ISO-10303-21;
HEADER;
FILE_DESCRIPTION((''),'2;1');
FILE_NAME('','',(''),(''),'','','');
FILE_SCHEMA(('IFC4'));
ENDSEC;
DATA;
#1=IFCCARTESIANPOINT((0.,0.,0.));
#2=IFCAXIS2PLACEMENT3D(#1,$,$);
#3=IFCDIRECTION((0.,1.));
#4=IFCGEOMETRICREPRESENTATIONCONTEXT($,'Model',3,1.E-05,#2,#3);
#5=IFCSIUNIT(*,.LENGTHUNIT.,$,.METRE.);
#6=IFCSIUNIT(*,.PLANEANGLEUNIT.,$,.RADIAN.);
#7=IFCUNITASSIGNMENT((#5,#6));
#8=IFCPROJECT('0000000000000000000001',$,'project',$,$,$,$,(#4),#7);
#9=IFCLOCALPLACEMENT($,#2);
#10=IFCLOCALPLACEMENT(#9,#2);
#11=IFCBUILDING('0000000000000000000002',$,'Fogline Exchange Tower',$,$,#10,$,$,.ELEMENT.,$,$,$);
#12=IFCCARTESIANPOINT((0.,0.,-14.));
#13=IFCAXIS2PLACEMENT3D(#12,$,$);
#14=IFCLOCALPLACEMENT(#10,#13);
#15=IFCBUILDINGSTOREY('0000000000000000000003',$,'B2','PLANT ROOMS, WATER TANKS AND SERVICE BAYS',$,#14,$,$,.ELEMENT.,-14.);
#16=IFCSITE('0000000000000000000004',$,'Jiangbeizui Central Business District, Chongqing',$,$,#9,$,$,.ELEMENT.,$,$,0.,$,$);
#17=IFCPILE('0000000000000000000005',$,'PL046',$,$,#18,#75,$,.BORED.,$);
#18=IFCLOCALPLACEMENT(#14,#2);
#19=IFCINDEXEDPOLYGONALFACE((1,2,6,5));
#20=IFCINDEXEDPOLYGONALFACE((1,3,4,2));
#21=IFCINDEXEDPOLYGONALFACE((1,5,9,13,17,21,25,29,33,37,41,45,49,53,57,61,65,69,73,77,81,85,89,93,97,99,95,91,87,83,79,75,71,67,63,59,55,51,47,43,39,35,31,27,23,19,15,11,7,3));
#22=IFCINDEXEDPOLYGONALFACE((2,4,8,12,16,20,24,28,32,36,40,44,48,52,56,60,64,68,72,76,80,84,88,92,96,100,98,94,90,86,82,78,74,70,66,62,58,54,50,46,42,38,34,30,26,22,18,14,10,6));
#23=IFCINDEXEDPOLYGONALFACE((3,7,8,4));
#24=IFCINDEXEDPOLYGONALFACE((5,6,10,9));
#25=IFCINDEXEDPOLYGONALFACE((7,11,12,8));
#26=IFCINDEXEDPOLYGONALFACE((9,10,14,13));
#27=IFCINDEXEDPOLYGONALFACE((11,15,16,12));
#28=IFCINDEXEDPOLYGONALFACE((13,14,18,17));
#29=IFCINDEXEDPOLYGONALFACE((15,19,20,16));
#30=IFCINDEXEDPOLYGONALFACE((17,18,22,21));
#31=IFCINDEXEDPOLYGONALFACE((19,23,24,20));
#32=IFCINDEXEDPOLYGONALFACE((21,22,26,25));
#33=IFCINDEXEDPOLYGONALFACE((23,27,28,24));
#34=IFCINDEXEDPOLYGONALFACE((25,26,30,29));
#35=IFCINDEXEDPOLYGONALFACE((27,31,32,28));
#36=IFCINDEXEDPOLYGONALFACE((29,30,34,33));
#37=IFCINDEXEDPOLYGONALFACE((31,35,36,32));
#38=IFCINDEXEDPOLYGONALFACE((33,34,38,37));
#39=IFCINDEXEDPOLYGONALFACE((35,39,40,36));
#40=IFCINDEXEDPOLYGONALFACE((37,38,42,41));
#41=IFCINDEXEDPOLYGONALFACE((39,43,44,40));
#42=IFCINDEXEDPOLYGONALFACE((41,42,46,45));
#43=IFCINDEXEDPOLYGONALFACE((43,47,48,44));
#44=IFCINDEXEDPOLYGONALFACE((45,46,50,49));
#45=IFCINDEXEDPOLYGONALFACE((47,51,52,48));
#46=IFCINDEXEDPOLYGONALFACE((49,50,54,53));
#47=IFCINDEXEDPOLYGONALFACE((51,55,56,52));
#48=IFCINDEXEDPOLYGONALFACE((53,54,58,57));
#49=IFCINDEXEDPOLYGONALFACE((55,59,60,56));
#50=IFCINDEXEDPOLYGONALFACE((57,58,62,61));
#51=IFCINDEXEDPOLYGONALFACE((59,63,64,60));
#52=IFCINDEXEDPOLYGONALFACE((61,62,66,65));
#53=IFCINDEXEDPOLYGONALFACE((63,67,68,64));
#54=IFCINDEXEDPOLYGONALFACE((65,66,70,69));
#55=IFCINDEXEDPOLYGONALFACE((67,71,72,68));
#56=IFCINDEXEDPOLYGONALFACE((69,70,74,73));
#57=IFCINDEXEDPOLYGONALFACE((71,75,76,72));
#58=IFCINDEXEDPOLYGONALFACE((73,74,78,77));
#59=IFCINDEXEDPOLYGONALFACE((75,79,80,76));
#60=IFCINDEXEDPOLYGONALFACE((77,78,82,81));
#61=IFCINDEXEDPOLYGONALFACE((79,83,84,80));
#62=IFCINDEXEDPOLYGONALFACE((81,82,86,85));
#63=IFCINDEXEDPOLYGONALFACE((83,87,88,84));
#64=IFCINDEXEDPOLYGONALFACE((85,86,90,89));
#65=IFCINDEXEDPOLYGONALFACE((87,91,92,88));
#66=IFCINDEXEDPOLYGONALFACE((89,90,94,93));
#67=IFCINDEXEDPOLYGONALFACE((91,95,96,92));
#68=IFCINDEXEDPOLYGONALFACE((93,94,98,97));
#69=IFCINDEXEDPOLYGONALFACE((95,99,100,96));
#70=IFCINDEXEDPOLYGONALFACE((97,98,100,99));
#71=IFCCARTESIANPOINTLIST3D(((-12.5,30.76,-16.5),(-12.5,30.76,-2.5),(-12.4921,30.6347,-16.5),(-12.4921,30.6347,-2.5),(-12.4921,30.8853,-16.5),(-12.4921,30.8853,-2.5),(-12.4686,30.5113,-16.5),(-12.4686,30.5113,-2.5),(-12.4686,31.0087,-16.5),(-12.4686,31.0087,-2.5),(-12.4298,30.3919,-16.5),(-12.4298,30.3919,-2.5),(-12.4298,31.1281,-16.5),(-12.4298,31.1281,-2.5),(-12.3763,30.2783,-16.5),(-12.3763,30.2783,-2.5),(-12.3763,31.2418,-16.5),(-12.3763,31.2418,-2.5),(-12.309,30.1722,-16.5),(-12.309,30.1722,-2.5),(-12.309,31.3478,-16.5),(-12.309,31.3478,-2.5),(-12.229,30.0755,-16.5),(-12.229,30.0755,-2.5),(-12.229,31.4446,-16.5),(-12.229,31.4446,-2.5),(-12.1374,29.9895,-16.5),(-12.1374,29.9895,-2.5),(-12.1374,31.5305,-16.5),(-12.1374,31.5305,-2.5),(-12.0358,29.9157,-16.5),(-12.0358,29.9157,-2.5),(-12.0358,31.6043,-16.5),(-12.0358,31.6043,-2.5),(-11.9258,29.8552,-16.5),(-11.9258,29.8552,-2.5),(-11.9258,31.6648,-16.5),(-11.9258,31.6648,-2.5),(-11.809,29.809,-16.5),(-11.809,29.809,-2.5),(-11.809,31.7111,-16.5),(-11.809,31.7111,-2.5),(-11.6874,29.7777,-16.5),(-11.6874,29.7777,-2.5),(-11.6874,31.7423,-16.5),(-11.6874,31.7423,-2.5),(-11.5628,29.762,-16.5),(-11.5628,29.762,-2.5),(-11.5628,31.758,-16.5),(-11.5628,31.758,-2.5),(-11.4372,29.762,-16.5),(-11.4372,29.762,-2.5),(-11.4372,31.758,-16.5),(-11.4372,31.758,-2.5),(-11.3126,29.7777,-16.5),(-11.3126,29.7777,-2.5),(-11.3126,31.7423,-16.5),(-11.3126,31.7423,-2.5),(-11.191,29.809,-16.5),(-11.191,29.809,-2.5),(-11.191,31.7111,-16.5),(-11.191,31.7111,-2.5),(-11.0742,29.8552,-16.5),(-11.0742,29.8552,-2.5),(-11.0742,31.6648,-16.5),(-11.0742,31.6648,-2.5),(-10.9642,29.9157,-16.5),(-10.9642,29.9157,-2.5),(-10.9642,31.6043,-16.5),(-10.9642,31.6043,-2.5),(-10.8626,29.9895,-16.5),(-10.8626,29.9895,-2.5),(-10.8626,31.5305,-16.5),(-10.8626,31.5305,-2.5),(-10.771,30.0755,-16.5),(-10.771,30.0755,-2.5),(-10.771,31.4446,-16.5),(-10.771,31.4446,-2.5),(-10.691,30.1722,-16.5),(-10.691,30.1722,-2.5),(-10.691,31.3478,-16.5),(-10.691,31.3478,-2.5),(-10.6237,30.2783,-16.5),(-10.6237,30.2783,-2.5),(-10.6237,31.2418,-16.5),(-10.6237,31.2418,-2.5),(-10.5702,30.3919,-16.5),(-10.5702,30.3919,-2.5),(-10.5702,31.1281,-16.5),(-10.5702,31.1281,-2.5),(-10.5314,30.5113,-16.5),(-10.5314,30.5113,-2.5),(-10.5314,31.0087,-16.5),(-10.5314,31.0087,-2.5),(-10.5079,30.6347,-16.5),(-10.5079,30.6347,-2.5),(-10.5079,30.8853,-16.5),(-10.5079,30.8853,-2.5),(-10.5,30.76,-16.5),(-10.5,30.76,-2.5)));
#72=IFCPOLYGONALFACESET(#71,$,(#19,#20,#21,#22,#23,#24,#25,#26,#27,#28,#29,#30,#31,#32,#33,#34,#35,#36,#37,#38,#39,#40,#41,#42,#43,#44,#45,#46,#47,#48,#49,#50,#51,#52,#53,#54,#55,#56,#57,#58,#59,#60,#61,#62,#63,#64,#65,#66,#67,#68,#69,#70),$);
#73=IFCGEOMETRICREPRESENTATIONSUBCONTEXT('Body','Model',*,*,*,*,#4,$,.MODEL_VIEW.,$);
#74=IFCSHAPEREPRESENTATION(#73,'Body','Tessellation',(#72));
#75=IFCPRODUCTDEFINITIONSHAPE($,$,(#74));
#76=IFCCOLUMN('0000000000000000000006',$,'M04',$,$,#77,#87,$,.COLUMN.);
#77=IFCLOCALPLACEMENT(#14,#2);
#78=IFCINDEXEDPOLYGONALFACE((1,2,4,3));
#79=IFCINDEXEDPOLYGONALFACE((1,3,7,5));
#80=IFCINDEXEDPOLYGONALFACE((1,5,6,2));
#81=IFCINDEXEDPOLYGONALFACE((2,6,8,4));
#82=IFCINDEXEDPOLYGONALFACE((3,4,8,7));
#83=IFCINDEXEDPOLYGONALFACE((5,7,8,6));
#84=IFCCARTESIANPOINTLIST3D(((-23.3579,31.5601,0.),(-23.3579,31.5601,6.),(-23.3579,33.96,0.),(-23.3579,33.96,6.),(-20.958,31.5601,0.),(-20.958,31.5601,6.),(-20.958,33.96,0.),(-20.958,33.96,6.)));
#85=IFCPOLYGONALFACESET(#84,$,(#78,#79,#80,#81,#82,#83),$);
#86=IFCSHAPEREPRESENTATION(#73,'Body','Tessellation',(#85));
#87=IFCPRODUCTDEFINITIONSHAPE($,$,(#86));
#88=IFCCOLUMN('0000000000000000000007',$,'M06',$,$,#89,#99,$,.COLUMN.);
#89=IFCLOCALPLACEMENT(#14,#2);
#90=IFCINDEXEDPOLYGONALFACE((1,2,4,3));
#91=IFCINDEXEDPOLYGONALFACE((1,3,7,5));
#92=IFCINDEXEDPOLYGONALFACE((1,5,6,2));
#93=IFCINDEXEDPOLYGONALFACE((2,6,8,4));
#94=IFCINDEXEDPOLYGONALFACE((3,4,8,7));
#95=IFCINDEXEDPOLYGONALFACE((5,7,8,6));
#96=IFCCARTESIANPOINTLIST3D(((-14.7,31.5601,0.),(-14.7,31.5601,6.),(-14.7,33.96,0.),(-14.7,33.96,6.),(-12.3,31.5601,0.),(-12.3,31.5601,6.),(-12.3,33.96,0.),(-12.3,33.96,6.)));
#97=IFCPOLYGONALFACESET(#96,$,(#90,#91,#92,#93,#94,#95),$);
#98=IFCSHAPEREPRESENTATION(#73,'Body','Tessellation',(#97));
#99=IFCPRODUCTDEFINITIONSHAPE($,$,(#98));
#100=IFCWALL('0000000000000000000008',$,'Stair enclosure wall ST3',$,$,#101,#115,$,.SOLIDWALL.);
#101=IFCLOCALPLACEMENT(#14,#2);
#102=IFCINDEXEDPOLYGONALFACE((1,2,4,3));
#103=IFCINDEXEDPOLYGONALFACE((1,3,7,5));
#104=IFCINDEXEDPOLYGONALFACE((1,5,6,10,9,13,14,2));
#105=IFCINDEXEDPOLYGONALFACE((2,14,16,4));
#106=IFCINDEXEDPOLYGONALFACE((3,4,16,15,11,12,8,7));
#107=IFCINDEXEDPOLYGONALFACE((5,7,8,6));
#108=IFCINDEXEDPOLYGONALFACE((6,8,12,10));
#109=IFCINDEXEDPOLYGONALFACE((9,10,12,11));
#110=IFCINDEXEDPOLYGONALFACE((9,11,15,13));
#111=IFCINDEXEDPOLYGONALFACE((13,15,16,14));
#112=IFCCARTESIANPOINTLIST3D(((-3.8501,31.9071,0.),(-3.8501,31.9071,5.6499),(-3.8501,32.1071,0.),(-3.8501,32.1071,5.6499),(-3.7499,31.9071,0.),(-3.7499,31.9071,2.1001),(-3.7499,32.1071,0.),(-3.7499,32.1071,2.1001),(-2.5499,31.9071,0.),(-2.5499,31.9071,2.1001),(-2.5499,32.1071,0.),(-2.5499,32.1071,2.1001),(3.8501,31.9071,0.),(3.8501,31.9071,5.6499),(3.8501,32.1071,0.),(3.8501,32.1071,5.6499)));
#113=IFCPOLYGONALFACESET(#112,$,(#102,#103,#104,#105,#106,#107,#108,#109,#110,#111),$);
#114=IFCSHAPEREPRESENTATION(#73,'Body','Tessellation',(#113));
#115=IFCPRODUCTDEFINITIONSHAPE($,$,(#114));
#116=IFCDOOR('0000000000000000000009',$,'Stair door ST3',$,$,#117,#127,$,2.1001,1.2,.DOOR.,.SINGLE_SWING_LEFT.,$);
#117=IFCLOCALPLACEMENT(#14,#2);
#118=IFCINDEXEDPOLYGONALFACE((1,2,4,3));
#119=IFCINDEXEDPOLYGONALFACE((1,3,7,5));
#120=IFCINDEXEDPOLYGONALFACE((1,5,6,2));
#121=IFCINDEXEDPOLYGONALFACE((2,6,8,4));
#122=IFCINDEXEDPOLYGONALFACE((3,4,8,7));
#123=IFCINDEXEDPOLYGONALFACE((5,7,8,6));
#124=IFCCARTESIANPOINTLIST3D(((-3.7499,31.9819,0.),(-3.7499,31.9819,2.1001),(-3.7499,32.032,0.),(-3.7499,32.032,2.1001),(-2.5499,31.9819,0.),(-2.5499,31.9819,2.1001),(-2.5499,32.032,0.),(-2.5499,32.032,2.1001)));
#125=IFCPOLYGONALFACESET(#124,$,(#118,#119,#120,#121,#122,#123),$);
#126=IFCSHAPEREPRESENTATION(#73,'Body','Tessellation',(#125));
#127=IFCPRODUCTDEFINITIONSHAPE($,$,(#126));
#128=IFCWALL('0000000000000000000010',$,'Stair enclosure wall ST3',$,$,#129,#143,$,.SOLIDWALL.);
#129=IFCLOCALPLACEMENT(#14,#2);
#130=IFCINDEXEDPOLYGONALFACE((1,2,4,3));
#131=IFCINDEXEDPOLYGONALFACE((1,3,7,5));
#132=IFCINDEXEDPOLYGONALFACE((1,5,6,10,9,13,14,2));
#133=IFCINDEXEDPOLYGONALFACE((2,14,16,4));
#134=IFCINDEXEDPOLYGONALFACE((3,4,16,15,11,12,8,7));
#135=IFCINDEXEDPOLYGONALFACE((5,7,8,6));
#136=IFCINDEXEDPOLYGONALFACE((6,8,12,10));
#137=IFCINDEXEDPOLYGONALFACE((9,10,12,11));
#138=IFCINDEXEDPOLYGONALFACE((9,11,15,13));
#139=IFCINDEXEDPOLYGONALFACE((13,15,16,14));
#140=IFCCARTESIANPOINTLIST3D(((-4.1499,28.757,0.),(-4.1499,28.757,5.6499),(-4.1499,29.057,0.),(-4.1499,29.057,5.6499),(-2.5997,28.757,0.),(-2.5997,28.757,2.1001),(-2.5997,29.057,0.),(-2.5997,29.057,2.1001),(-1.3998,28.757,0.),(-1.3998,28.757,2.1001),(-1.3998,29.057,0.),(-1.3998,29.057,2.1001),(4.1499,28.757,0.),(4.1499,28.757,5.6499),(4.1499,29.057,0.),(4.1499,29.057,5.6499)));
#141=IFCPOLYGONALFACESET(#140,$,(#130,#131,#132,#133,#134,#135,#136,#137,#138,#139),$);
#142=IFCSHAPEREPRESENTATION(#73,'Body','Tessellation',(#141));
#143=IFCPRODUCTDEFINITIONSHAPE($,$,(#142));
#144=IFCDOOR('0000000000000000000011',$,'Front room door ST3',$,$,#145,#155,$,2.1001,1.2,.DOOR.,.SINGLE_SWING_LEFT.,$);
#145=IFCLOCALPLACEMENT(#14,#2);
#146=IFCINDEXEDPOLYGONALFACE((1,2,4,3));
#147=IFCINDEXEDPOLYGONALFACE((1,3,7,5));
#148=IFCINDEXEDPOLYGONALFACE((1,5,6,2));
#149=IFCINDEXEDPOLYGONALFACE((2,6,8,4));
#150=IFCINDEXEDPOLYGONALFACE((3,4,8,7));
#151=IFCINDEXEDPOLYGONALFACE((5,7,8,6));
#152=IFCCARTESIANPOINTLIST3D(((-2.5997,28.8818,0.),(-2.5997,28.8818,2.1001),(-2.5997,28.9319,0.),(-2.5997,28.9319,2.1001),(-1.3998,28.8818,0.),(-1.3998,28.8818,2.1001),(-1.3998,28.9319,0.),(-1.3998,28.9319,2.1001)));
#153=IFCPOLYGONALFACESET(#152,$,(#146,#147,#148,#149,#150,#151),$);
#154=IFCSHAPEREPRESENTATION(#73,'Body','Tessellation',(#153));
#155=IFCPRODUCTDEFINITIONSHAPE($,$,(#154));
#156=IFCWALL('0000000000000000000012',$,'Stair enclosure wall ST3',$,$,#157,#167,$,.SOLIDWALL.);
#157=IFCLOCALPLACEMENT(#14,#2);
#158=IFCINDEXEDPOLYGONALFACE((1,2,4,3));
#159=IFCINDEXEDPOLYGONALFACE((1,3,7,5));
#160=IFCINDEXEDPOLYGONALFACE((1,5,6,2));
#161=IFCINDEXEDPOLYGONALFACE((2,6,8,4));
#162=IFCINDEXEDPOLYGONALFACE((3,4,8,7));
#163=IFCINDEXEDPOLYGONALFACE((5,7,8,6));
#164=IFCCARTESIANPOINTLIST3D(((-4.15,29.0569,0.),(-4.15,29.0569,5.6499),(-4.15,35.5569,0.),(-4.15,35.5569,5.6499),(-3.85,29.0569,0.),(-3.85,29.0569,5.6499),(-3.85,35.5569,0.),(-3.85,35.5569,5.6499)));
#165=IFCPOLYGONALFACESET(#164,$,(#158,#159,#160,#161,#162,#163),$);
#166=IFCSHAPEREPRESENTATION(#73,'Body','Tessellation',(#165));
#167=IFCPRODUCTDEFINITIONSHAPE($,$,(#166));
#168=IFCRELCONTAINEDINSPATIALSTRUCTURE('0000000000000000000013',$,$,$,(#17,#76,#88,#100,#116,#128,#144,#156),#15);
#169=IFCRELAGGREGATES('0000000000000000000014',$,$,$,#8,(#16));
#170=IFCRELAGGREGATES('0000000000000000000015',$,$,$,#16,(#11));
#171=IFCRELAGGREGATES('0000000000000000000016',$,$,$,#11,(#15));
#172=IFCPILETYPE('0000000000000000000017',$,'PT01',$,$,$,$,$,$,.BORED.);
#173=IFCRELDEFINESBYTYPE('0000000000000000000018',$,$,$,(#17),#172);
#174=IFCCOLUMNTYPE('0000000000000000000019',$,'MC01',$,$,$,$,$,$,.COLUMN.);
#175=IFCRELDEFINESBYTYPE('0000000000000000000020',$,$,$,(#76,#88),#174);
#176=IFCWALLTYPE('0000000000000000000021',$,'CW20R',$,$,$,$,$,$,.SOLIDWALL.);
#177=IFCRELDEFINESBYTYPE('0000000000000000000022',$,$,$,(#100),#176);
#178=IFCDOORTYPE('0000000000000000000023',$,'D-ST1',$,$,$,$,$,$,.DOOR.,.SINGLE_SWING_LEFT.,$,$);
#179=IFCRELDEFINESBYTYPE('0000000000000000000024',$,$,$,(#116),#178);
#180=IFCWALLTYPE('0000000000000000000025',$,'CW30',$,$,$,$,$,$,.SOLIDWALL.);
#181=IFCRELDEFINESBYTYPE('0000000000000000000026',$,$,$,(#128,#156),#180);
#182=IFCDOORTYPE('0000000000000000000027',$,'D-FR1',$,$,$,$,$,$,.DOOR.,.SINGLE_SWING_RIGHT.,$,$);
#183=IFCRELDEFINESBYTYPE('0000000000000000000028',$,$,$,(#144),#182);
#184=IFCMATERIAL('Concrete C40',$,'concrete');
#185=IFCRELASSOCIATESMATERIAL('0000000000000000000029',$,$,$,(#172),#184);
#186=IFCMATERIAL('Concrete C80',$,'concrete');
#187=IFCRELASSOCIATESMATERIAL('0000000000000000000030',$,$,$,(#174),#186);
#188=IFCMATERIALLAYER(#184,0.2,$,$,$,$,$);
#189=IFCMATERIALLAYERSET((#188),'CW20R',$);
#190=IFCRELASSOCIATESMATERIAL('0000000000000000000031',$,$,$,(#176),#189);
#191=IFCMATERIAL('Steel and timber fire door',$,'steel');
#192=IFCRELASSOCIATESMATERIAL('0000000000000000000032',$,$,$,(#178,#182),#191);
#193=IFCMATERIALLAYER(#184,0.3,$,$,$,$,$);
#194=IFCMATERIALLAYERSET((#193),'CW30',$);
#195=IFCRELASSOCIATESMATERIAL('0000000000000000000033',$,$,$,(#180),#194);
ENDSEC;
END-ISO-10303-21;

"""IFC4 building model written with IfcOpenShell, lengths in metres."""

from ifc_helpers import new_model, si_unit, direction, frame, frame_2d, origin, origin_2d, place, context, subcontext, project, spatial, rectangle, circle, extrude, material, layer, layer_set, material_profile, profile_set, type_object, element, fill, save


model = new_model("IFC4")

# Units and contexts
model_context = context("Model", 3, precision=1e-05, world=origin(), true_north=direction((0.0, 1.0)))
body_context = subcontext(model_context, "Body", "Model", "MODEL_VIEW")
ifc_project = project(units=[si_unit("LENGTHUNIT", "METRE"), si_unit("PLANEANGLEUNIT", "RADIAN")], contexts=[model_context])

# Site, building, storey
site_placement = place(None, origin())
site = spatial("IfcSite", under=ifc_project, at=site_placement, Name="Jiangbeizui Central Business District, Chongqing", CompositionType="ELEMENT", RefElevation=0.0)
building_placement = place(site_placement, origin())
building = spatial("IfcBuilding", under=site, at=building_placement, Name="Fogline Exchange Tower", CompositionType="ELEMENT")
storey_placement = place(building_placement, frame((0.0, 0.0, -14.0)))
storey = spatial("IfcBuildingStorey", under=building, at=storey_placement, Name="B2", Description="PLANT ROOMS, WATER TANKS AND SERVICE BAYS", CompositionType="ELEMENT", Elevation=-14.0)

# Pile
ifc_material_1 = material(Name="Concrete C40", Category="concrete")
ifc_material_profile_1 = material_profile(ifc_material_1, circle(Radius=1.0, at=origin_2d()), Name="RC D2000")
ifc_profile_set_1 = profile_set([ifc_material_profile_1], Name="Concrete C40")
pile_type = type_object("IfcPileType", Name="PT01", PredefinedType="BORED", material=ifc_profile_set_1)
for number, where, z_axis, x_axis, name in (
    (1, (-11.5, 30.76, -2.5), (0.0, 0.0, -1.0), (1.0, 0.0, 0.0), "PL046"),
):
    element("IfcPile", number, at=place(storey_placement, frame(where, z_axis=z_axis, x_axis=x_axis)), inside=storey, type_object=pile_type, Name=name, PredefinedType="BORED", context=body_context, shape_type="SweptSolid", body=[
        extrude(circle(Radius=1.0, at=origin_2d()), origin(), (0.0, 0.0, 1.0), 14.0),
    ])

# Columns
ifc_material_2 = material(Name="Concrete C80", Category="concrete")
ifc_material_profile_2 = material_profile(ifc_material_2, rectangle(XDim=2.3999, YDim=2.3999, at=origin_2d()), Name="RC 2400x2400")
ifc_profile_set_2 = profile_set([ifc_material_profile_2], Name="Concrete C80")
column_type = type_object("IfcColumnType", Name="MC01", PredefinedType="COLUMN", material=ifc_profile_set_2)
for number, where, z_axis, x_axis, name in (
    (2, (-22.158, 32.76, 0.0), (0.0, 0.0, 1.0), (1.0, 0.0, 0.0), "M04"),
    (3, (-13.5, 32.76, 0.0), (0.0, 0.0, 1.0), (1.0, 0.0, 0.0), "M06"),
):
    element("IfcColumn", number, at=place(storey_placement, frame(where, z_axis=z_axis, x_axis=x_axis)), inside=storey, type_object=column_type, Name=name, PredefinedType="COLUMN", context=body_context, shape_type="SweptSolid", body=[
        extrude(rectangle(XDim=2.3999, YDim=2.3999, at=origin_2d()), origin(), (0.0, 0.0, 1.0), 6.0),
    ])

# Walls, openings, doors
ifc_layer_1 = layer(ifc_material_1, 0.2)
ifc_layer_set_1 = layer_set([ifc_layer_1], Name="CW20R")
wall_type_1 = type_object("IfcWallType", Name="CW20R", PredefinedType="SOLIDWALL", material=ifc_layer_set_1)
wall_1_placement = place(storey_placement, frame((-3.8501, 32.0071, 0.0), z_axis=(0.0, 0.0, 1.0), x_axis=(1.0, 0.0, 0.0)))
wall_1 = element("IfcWall", 4, at=wall_1_placement, inside=storey, type_object=wall_type_1, Name="Stair enclosure wall ST3", PredefinedType="SOLIDWALL", context=body_context, shape_type="SweptSolid", body=[
    extrude(rectangle(XDim=7.7002, YDim=0.2, at=frame_2d((3.8501, 0.0))), origin(), (0.0, 0.0, 1.0), 5.6499),
])
opening_1_placement = place(wall_1_placement, frame((0.1001, 0.0, 0.0)))
opening_1 = element("IfcOpeningElement", 5, at=opening_1_placement, cuts=wall_1, PredefinedType="OPENING", context=body_context, shape_type="SweptSolid", body=[
    extrude(rectangle(XDim=1.2, YDim=2.1001, at=frame_2d((0.6001, 1.05))), frame((0.0, 0.1099, 0.0), z_axis=(0.0, -1.0, 0.0), x_axis=(1.0, 0.0, 0.0)), (0.0, 0.0, 1.0), 0.22),
])
ifc_material_3 = material(Name="Steel and timber fire door", Category="steel")
door_type_1 = type_object("IfcDoorType", Name="D-ST1", OperationType="SINGLE_SWING_LEFT", PredefinedType="DOOR", material=ifc_material_3)
door_1_placement = place(opening_1_placement, origin())
door_1 = element("IfcDoor", 6, at=door_1_placement, inside=storey, type_object=door_type_1, Name="Stair door ST3", OperationType="SINGLE_SWING_LEFT", OverallHeight=2.1001, OverallWidth=1.2, PredefinedType="DOOR", context=body_context, shape_type="SweptSolid", body=[
    extrude(rectangle(XDim=1.2, YDim=2.1001, at=frame_2d((0.6001, 1.05))), frame((0.0, 0.0249, 0.0), z_axis=(0.0, -1.0, 0.0), x_axis=(1.0, 0.0, 0.0)), (0.0, 0.0, 1.0), 0.05),
])
fill(opening_1, door_1)
ifc_layer_2 = layer(ifc_material_1, 0.3)
ifc_layer_set_2 = layer_set([ifc_layer_2], Name="CW30")
wall_type_2 = type_object("IfcWallType", Name="CW30", PredefinedType="SOLIDWALL", material=ifc_layer_set_2)
wall_2_placement = place(storey_placement, frame((-4.1499, 28.907, 0.0), z_axis=(0.0, 0.0, 1.0), x_axis=(1.0, 0.0, 0.0)))
wall_2 = element("IfcWall", 7, at=wall_2_placement, inside=storey, type_object=wall_type_2, Name="Stair enclosure wall ST3", PredefinedType="SOLIDWALL", context=body_context, shape_type="SweptSolid", body=[
    extrude(rectangle(XDim=8.2998, YDim=0.3, at=frame_2d((4.1499, 0.0))), origin(), (0.0, 0.0, 1.0), 5.6499),
])
opening_2_placement = place(wall_2_placement, frame((1.55, 0.0, 0.0)))
opening_2 = element("IfcOpeningElement", 8, at=opening_2_placement, cuts=wall_2, PredefinedType="OPENING", context=body_context, shape_type="SweptSolid", body=[
    extrude(rectangle(XDim=1.2, YDim=2.1001, at=frame_2d((0.6001, 1.05))), frame((0.0, 0.1602, 0.0), z_axis=(0.0, -1.0, 0.0), x_axis=(1.0, 0.0, 0.0)), (0.0, 0.0, 1.0), 0.3201),
])
door_type_2 = type_object("IfcDoorType", Name="D-FR1", OperationType="SINGLE_SWING_RIGHT", PredefinedType="DOOR", material=ifc_material_3)
door_2_placement = place(opening_2_placement, origin())
door_2 = element("IfcDoor", 9, at=door_2_placement, inside=storey, type_object=door_type_2, Name="Front room door ST3", OperationType="SINGLE_SWING_LEFT", OverallHeight=2.1001, OverallWidth=1.2, PredefinedType="DOOR", context=body_context, shape_type="SweptSolid", body=[
    extrude(rectangle(XDim=1.2, YDim=2.1001, at=frame_2d((0.6001, 1.05))), frame((0.0, 0.0249, 0.0), z_axis=(0.0, -1.0, 0.0), x_axis=(1.0, 0.0, 0.0)), (0.0, 0.0, 1.0), 0.05),
])
fill(opening_2, door_2)

# Wall
wall_3_placement = place(storey_placement, frame((-4.0, 29.0569, 0.0), z_axis=(0.0, 0.0, 1.0), x_axis=(0.0, 1.0, 0.0)))
element("IfcWall", 10, at=wall_3_placement, inside=storey, type_object=wall_type_2, Name="Stair enclosure wall ST3", PredefinedType="SOLIDWALL", context=body_context, shape_type="SweptSolid", body=[
    extrude(rectangle(XDim=6.5, YDim=0.3, at=frame_2d((3.25, 0.0))), origin(), (0.0, 0.0, 1.0), 5.6499),
])

save(model, "model.ifc")
